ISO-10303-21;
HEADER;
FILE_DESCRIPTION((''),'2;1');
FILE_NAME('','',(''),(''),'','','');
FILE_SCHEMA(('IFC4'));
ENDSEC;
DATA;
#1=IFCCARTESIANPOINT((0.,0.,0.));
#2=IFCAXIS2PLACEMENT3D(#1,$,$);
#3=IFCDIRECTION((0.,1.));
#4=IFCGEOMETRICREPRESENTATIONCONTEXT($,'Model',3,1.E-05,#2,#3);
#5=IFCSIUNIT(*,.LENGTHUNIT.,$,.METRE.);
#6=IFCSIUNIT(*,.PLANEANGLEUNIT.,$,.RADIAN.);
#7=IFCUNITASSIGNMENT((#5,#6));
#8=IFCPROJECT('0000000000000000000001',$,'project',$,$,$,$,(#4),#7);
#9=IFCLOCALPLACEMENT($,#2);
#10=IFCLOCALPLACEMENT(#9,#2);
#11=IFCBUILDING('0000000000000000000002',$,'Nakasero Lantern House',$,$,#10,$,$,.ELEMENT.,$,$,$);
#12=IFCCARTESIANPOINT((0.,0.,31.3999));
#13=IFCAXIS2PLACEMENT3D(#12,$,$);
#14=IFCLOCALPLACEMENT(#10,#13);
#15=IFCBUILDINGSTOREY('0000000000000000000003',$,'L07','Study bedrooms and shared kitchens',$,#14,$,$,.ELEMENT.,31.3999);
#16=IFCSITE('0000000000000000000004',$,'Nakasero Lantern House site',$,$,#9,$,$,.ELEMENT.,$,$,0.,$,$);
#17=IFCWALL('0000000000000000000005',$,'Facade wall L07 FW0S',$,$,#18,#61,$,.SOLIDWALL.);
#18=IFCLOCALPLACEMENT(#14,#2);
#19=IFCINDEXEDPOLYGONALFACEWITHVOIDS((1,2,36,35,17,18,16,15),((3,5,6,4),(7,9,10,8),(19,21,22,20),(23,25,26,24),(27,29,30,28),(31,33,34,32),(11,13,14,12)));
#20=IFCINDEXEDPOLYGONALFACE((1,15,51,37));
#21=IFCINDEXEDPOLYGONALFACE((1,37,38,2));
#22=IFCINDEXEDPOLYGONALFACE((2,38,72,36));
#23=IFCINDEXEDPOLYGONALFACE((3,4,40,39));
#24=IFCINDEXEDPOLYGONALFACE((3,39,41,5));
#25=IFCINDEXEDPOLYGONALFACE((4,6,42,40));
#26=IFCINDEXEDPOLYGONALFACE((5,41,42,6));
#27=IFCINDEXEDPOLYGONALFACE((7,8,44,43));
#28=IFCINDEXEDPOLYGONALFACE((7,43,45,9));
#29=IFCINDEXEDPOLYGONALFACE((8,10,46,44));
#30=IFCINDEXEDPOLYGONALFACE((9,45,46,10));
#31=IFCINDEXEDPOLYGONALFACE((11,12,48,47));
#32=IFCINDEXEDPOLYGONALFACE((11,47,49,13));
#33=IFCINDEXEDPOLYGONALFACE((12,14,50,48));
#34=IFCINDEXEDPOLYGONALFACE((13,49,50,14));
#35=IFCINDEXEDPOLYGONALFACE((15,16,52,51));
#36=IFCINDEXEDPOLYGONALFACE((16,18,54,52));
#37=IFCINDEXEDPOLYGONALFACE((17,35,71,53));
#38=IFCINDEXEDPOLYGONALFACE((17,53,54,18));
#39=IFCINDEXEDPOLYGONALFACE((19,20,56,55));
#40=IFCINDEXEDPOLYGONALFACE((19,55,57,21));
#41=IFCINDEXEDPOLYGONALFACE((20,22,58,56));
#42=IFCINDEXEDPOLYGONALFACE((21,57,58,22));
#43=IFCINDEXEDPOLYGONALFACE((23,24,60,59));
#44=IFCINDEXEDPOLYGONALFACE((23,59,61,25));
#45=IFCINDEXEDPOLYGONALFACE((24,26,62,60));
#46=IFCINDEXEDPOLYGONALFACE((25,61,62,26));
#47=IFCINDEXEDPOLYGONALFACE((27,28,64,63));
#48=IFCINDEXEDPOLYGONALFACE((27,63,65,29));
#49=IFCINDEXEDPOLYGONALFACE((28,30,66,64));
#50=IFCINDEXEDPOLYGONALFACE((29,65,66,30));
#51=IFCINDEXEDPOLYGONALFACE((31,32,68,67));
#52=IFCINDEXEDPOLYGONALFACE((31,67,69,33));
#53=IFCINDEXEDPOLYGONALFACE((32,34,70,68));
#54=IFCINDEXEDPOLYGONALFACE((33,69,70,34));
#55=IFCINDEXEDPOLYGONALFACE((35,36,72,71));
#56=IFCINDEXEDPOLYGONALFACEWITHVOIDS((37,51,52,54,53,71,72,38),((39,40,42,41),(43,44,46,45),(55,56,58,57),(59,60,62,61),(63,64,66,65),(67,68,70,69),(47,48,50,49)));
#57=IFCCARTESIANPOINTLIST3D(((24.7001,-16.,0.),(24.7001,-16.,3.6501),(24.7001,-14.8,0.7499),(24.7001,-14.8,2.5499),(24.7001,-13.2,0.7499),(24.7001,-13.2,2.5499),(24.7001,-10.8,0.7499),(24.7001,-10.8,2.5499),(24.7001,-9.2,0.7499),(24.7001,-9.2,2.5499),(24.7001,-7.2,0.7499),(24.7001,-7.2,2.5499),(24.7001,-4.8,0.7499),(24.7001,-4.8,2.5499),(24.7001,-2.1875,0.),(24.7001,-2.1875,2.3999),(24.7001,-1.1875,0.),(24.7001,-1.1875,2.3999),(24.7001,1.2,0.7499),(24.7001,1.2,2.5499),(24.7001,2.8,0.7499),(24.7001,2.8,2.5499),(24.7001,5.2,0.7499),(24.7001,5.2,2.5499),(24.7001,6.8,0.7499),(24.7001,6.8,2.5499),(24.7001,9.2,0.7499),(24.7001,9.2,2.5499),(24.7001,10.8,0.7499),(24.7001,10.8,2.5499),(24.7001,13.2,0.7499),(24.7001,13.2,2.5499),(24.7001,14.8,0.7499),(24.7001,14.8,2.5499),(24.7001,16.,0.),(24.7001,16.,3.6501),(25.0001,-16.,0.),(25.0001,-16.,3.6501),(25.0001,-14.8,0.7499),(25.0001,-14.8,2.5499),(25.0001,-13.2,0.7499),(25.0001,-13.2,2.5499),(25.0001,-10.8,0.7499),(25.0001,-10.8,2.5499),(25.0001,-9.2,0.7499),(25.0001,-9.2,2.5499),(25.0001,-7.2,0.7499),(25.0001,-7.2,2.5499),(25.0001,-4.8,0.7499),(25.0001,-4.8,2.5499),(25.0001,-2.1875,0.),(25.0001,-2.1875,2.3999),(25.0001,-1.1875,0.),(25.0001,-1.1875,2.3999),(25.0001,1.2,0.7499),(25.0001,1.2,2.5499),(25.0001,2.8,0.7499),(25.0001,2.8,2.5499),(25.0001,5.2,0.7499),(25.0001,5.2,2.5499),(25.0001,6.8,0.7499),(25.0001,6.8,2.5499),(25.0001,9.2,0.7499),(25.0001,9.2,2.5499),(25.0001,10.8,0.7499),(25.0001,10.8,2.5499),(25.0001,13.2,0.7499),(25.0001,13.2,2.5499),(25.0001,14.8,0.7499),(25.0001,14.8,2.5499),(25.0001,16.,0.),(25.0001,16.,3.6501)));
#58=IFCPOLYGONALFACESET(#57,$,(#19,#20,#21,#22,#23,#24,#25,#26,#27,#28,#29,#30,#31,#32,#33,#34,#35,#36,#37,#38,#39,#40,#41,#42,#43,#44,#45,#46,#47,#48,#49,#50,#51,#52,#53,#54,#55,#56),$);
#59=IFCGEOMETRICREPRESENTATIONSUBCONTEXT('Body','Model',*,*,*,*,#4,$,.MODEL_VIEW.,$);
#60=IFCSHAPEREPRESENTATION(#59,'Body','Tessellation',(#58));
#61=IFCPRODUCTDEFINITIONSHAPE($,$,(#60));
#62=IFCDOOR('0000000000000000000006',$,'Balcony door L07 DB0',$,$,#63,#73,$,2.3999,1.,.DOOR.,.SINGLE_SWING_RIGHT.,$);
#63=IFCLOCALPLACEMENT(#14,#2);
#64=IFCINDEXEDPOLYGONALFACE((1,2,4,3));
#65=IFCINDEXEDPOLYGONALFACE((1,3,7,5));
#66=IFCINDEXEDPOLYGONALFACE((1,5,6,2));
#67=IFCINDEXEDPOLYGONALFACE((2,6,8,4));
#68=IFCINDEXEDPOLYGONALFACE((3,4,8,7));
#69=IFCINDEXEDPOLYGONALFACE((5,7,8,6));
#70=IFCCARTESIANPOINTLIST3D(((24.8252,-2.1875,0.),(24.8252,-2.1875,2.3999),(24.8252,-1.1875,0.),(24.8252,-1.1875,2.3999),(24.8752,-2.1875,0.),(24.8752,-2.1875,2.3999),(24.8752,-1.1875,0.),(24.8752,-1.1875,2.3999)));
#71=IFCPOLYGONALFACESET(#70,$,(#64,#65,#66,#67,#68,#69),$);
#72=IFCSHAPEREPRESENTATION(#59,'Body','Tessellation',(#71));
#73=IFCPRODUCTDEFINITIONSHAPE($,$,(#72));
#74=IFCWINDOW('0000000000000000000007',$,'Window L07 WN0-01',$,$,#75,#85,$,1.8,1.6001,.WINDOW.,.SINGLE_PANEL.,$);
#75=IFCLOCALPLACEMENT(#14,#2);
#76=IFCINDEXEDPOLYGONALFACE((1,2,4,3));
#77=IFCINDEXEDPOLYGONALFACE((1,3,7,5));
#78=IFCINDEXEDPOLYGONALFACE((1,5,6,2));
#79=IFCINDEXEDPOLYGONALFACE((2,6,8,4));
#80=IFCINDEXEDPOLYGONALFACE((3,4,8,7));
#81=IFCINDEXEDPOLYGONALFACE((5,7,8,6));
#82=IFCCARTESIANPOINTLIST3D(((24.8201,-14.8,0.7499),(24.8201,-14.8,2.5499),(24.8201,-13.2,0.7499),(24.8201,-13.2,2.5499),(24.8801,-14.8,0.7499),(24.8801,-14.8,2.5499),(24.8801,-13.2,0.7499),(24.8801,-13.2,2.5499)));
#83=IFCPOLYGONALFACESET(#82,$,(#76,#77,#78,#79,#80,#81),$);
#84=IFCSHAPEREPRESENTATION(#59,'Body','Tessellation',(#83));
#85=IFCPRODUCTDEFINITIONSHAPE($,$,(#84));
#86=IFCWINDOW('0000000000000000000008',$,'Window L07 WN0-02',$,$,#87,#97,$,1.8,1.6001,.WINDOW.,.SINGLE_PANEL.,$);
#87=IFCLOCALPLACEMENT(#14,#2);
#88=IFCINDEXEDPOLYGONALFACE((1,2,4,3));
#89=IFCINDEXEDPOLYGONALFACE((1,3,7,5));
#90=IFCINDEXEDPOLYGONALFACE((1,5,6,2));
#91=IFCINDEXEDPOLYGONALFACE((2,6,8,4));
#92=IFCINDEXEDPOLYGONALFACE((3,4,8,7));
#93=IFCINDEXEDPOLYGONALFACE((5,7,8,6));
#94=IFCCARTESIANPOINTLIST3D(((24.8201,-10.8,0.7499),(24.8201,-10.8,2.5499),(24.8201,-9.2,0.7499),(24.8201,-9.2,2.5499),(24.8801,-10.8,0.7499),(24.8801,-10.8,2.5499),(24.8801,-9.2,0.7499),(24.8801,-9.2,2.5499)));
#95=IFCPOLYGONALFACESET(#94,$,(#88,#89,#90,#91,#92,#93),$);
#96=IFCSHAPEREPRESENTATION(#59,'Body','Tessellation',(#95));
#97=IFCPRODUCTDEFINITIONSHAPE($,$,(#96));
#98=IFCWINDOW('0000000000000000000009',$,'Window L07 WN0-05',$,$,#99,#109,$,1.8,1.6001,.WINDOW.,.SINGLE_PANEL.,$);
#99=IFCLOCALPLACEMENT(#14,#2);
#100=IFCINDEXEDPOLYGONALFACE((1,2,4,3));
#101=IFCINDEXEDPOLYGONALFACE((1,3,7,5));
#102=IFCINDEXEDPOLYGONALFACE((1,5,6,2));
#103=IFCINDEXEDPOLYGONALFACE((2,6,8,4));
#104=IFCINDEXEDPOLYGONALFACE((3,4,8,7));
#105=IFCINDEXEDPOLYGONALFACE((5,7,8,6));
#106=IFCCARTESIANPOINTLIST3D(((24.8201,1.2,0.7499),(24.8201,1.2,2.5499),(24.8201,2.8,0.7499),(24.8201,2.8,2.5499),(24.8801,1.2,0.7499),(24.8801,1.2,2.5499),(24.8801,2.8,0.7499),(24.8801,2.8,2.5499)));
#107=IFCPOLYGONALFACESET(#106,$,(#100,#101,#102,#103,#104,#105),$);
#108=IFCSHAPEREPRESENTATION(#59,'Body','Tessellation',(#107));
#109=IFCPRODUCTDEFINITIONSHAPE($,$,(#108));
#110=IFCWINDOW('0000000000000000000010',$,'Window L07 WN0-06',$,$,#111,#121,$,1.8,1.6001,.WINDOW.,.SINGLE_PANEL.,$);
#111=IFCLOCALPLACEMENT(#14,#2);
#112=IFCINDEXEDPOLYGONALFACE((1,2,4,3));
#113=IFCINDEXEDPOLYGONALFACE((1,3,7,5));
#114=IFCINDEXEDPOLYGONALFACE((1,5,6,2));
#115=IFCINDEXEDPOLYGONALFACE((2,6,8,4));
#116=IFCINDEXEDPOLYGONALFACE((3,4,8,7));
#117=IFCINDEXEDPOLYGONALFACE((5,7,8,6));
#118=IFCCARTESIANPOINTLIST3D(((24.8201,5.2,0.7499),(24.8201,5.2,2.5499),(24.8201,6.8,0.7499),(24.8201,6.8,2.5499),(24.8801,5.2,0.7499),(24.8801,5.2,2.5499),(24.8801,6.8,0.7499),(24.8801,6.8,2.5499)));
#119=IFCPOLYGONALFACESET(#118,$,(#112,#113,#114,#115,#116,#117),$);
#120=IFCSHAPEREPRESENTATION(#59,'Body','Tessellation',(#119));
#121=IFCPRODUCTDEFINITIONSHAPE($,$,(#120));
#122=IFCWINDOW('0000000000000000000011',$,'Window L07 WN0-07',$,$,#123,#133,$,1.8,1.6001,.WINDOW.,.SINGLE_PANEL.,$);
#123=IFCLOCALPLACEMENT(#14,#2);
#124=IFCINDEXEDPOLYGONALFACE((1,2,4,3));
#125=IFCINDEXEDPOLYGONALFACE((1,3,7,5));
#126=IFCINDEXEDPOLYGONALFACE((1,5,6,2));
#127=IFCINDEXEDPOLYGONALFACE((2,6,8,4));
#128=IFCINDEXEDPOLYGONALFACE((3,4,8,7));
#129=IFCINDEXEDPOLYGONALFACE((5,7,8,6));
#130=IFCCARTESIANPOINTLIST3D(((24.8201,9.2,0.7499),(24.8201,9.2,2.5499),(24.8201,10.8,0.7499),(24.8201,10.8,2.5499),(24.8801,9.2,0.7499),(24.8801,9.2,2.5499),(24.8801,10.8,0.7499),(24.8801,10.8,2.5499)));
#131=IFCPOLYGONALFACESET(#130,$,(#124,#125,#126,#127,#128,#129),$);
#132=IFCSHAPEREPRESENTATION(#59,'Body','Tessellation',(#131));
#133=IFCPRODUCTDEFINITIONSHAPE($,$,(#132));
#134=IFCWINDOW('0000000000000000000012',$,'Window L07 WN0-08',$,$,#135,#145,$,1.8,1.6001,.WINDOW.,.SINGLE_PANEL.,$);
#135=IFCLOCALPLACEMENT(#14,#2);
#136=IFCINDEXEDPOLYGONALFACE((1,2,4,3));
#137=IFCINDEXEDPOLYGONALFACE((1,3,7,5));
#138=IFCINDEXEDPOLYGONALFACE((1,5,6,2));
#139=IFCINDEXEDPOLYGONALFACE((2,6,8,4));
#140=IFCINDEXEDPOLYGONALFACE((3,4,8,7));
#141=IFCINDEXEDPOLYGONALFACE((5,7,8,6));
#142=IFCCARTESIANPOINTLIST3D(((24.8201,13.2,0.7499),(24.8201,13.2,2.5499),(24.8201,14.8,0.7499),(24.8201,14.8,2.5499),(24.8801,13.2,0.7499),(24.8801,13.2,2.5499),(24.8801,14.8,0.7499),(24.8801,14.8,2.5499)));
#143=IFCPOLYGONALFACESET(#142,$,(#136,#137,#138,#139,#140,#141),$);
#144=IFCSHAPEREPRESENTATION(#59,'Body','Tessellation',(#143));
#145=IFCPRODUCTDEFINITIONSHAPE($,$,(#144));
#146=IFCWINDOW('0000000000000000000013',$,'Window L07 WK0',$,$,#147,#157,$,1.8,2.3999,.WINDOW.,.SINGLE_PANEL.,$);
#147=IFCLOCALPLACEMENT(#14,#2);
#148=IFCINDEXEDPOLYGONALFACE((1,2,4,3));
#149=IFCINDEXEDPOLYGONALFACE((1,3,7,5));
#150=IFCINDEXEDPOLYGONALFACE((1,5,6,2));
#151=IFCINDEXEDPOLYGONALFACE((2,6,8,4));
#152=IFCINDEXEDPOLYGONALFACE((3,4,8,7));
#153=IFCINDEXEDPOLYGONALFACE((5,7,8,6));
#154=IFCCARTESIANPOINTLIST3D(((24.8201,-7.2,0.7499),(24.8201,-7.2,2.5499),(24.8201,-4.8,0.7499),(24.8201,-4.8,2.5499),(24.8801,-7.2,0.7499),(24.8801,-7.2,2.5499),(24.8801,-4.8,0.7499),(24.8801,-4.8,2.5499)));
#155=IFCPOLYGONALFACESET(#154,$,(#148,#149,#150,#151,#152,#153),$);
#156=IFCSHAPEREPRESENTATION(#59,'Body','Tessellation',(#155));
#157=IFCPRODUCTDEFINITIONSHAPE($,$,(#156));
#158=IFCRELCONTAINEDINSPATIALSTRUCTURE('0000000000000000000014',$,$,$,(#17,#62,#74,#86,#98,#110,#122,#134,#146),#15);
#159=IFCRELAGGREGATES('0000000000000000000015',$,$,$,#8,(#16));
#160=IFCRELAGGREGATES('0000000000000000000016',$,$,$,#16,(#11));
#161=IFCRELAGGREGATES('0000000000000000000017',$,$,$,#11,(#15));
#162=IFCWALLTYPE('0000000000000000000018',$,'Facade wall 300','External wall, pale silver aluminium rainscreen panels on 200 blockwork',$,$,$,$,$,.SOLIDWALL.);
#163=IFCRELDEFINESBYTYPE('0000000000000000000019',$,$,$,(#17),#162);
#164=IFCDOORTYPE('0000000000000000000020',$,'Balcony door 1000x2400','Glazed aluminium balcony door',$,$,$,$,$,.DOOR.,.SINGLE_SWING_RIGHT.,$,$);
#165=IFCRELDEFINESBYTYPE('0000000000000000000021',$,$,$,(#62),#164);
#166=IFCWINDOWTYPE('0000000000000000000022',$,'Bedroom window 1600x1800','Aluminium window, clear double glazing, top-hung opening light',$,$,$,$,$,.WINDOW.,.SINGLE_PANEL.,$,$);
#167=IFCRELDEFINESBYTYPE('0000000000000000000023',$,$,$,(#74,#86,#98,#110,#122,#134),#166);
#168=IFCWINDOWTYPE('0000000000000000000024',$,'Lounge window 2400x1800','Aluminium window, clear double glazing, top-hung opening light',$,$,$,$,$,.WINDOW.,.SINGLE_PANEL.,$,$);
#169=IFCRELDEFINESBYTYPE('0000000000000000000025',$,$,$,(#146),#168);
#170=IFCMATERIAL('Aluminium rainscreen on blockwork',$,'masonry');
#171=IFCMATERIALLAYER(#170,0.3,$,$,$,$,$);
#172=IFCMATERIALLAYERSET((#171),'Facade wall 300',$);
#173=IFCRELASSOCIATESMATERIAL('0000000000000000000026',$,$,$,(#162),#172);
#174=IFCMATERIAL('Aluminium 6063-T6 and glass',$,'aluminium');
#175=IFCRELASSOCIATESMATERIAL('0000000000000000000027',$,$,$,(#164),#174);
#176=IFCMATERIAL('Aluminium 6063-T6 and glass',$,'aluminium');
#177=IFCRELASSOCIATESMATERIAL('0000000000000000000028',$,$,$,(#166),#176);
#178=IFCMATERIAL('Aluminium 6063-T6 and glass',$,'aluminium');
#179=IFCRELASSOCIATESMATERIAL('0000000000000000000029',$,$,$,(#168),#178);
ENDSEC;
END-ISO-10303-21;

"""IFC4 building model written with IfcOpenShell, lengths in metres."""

from ifc_helpers import new_model, si_unit, direction, frame, frame_2d, origin, place, context, subcontext, project, spatial, rectangle, extrude, material, layer, layer_set, type_object, element, fill, save


model = new_model("IFC4")

# Units and contexts
model_context = context("Model", 3, precision=1e-05, world=origin(), true_north=direction((0.0, 1.0)))
body_context = subcontext(model_context, "Body", "Model", "MODEL_VIEW")
ifc_project = project(units=[si_unit("LENGTHUNIT", "METRE"), si_unit("PLANEANGLEUNIT", "RADIAN")], contexts=[model_context])

# Site, building, storey
site_placement = place(None, origin())
site = spatial("IfcSite", under=ifc_project, at=site_placement, Name="Nakasero Lantern House site", CompositionType="ELEMENT", RefElevation=0.0)
building_placement = place(site_placement, origin())
building = spatial("IfcBuilding", under=site, at=building_placement, Name="Nakasero Lantern House", CompositionType="ELEMENT")
storey_placement = place(building_placement, frame((0.0, 0.0, 31.3999)))
storey = spatial("IfcBuildingStorey", under=building, at=storey_placement, Name="L07", Description="Study bedrooms and shared kitchens", CompositionType="ELEMENT", Elevation=31.3999)

# Wall, openings, door, windows
ifc_material_1 = material(Name="Aluminium rainscreen on blockwork", Category="masonry")
ifc_layer_1 = layer(ifc_material_1, 0.3)
ifc_layer_set_1 = layer_set([ifc_layer_1], Name="Facade wall 300")
wall_type_1 = type_object("IfcWallType", Name="Facade wall 300", Description="External wall, pale silver aluminium rainscreen panels on 200 blockwork", PredefinedType="SOLIDWALL", material=ifc_layer_set_1)
wall_1_placement = place(storey_placement, frame((24.8501, -16.0, 0.0), z_axis=(0.0, 0.0, 1.0), x_axis=(0.0, 1.0, 0.0)))
wall_1 = element("IfcWall", 1, at=wall_1_placement, inside=storey, type_object=wall_type_1, Name="Facade wall L07 FW0S", PredefinedType="SOLIDWALL", context=body_context, shape_type="SweptSolid", body=[
    extrude(rectangle(XDim=32.0, YDim=0.3, at=frame_2d((16.0, 0.0))), origin(), (0.0, 0.0, 1.0), 3.6501),
])
opening_1_placement = place(wall_1_placement, frame((1.2, 0.0, 0.75)))
opening_1 = element("IfcOpeningElement", 2, at=opening_1_placement, cuts=wall_1, PredefinedType="OPENING", context=body_context, shape_type="SweptSolid", body=[
    extrude(rectangle(XDim=1.6001, YDim=1.8, at=frame_2d((0.8, 0.8999))), frame((0.0, 0.1699, 0.0), z_axis=(0.0, -1.0, 0.0), x_axis=(1.0, 0.0, 0.0)), (0.0, 0.0, 1.0), 0.3401),
])
opening_2_placement = place(wall_1_placement, frame((5.2, 0.0, 0.75)))
opening_2 = element("IfcOpeningElement", 3, at=opening_2_placement, cuts=wall_1, PredefinedType="OPENING", context=body_context, shape_type="SweptSolid", body=[
    extrude(rectangle(XDim=1.6001, YDim=1.8, at=frame_2d((0.8, 0.8999))), frame((0.0, 0.1699, 0.0), z_axis=(0.0, -1.0, 0.0), x_axis=(1.0, 0.0, 0.0)), (0.0, 0.0, 1.0), 0.3401),
])
opening_3_placement = place(wall_1_placement, frame((17.2, 0.0, 0.75)))
opening_3 = element("IfcOpeningElement", 4, at=opening_3_placement, cuts=wall_1, PredefinedType="OPENING", context=body_context, shape_type="SweptSolid", body=[
    extrude(rectangle(XDim=1.6001, YDim=1.8, at=frame_2d((0.8, 0.8999))), frame((0.0, 0.1699, 0.0), z_axis=(0.0, -1.0, 0.0), x_axis=(1.0, 0.0, 0.0)), (0.0, 0.0, 1.0), 0.3401),
])
opening_4_placement = place(wall_1_placement, frame((21.2, 0.0, 0.75)))
opening_4 = element("IfcOpeningElement", 5, at=opening_4_placement, cuts=wall_1, PredefinedType="OPENING", context=body_context, shape_type="SweptSolid", body=[
    extrude(rectangle(XDim=1.6001, YDim=1.8, at=frame_2d((0.8, 0.8999))), frame((0.0, 0.1699, 0.0), z_axis=(0.0, -1.0, 0.0), x_axis=(1.0, 0.0, 0.0)), (0.0, 0.0, 1.0), 0.3401),
])
opening_5_placement = place(wall_1_placement, frame((25.2, 0.0, 0.75)))
opening_5 = element("IfcOpeningElement", 6, at=opening_5_placement, cuts=wall_1, PredefinedType="OPENING", context=body_context, shape_type="SweptSolid", body=[
    extrude(rectangle(XDim=1.6001, YDim=1.8, at=frame_2d((0.8, 0.8999))), frame((0.0, 0.1699, 0.0), z_axis=(0.0, -1.0, 0.0), x_axis=(1.0, 0.0, 0.0)), (0.0, 0.0, 1.0), 0.3401),
])
opening_6_placement = place(wall_1_placement, frame((29.2, 0.0, 0.75)))
opening_6 = element("IfcOpeningElement", 7, at=opening_6_placement, cuts=wall_1, PredefinedType="OPENING", context=body_context, shape_type="SweptSolid", body=[
    extrude(rectangle(XDim=1.6001, YDim=1.8, at=frame_2d((0.8, 0.8999))), frame((0.0, 0.1699, 0.0), z_axis=(0.0, -1.0, 0.0), x_axis=(1.0, 0.0, 0.0)), (0.0, 0.0, 1.0), 0.3401),
])
opening_7_placement = place(wall_1_placement, frame((8.8, 0.0, 0.75)))
opening_7 = element("IfcOpeningElement", 8, at=opening_7_placement, cuts=wall_1, PredefinedType="OPENING", context=body_context, shape_type="SweptSolid", body=[
    extrude(rectangle(XDim=2.3999, YDim=1.8, at=frame_2d((1.2, 0.8999))), frame((0.0, 0.1699, 0.0), z_axis=(0.0, -1.0, 0.0), x_axis=(1.0, 0.0, 0.0)), (0.0, 0.0, 1.0), 0.3401),
])
opening_8_placement = place(wall_1_placement, frame((13.8125, 0.0, 0.0)))
opening_8 = element("IfcOpeningElement", 9, at=opening_8_placement, cuts=wall_1, PredefinedType="OPENING", context=body_context, shape_type="SweptSolid", body=[
    extrude(rectangle(XDim=1.0, YDim=2.3999, at=frame_2d((0.5, 1.2))), frame((0.0, 0.1699, 0.0), z_axis=(0.0, -1.0, 0.0), x_axis=(1.0, 0.0, 0.0)), (0.0, 0.0, 1.0), 0.3401),
])
ifc_material_2 = material(Name="Aluminium 6063-T6 and glass", Category="aluminium")
door_type = type_object("IfcDoorType", Name="Balcony door 1000x2400", Description="Glazed aluminium balcony door", OperationType="SINGLE_SWING_RIGHT", PredefinedType="DOOR", material=ifc_material_2)
door_placement = place(opening_8_placement, origin())
door = element("IfcDoor", 10, at=door_placement, inside=storey, type_object=door_type, Name="Balcony door L07 DB0", OperationType="SINGLE_SWING_RIGHT", OverallHeight=2.3999, OverallWidth=1.0, PredefinedType="DOOR", context=body_context, shape_type="SweptSolid", body=[
    extrude(rectangle(XDim=1.0, YDim=2.3999, at=frame_2d((0.5, 1.2))), frame((0.0, 0.0249, 0.0), z_axis=(0.0, -1.0, 0.0), x_axis=(1.0, 0.0, 0.0)), (0.0, 0.0, 1.0), 0.05),
])
fill(opening_8, door)
ifc_material_3 = material(Name="Aluminium 6063-T6 and glass", Category="aluminium")
window_type_1 = type_object("IfcWindowType", Name="Bedroom window 1600x1800", Description="Aluminium window, clear double glazing, top-hung opening light", PartitioningType="SINGLE_PANEL", PredefinedType="WINDOW", material=ifc_material_3)
window_1_placement = place(opening_1_placement, origin())
window_1 = element("IfcWindow", 11, at=window_1_placement, inside=storey, type_object=window_type_1, Name="Window L07 WN0-01", OverallHeight=1.8, OverallWidth=1.6001, PartitioningType="SINGLE_PANEL", PredefinedType="WINDOW", context=body_context, shape_type="SweptSolid", body=[
    extrude(rectangle(XDim=1.6001, YDim=1.8, at=frame_2d((0.8, 0.8999))), frame((0.0, 0.03, 0.0), z_axis=(0.0, -1.0, 0.0), x_axis=(1.0, 0.0, 0.0)), (0.0, 0.0, 1.0), 0.0601),
])
fill(opening_1, window_1)
window_2_placement = place(opening_2_placement, origin())
window_2 = element("IfcWindow", 12, at=window_2_placement, inside=storey, type_object=window_type_1, Name="Window L07 WN0-02", OverallHeight=1.8, OverallWidth=1.6001, PartitioningType="SINGLE_PANEL", PredefinedType="WINDOW", context=body_context, shape_type="SweptSolid", body=[
    extrude(rectangle(XDim=1.6001, YDim=1.8, at=frame_2d((0.8, 0.8999))), frame((0.0, 0.03, 0.0), z_axis=(0.0, -1.0, 0.0), x_axis=(1.0, 0.0, 0.0)), (0.0, 0.0, 1.0), 0.0601),
])
fill(opening_2, window_2)
window_3_placement = place(opening_3_placement, origin())
window_3 = element("IfcWindow", 13, at=window_3_placement, inside=storey, type_object=window_type_1, Name="Window L07 WN0-05", OverallHeight=1.8, OverallWidth=1.6001, PartitioningType="SINGLE_PANEL", PredefinedType="WINDOW", context=body_context, shape_type="SweptSolid", body=[
    extrude(rectangle(XDim=1.6001, YDim=1.8, at=frame_2d((0.8, 0.8999))), frame((0.0, 0.03, 0.0), z_axis=(0.0, -1.0, 0.0), x_axis=(1.0, 0.0, 0.0)), (0.0, 0.0, 1.0), 0.0601),
])
fill(opening_3, window_3)
window_4_placement = place(opening_4_placement, origin())
window_4 = element("IfcWindow", 14, at=window_4_placement, inside=storey, type_object=window_type_1, Name="Window L07 WN0-06", OverallHeight=1.8, OverallWidth=1.6001, PartitioningType="SINGLE_PANEL", PredefinedType="WINDOW", context=body_context, shape_type="SweptSolid", body=[
    extrude(rectangle(XDim=1.6001, YDim=1.8, at=frame_2d((0.8, 0.8999))), frame((0.0, 0.03, 0.0), z_axis=(0.0, -1.0, 0.0), x_axis=(1.0, 0.0, 0.0)), (0.0, 0.0, 1.0), 0.0601),
])
fill(opening_4, window_4)
window_5_placement = place(opening_5_placement, origin())
window_5 = element("IfcWindow", 15, at=window_5_placement, inside=storey, type_object=window_type_1, Name="Window L07 WN0-07", OverallHeight=1.8, OverallWidth=1.6001, PartitioningType="SINGLE_PANEL", PredefinedType="WINDOW", context=body_context, shape_type="SweptSolid", body=[
    extrude(rectangle(XDim=1.6001, YDim=1.8, at=frame_2d((0.8, 0.8999))), frame((0.0, 0.03, 0.0), z_axis=(0.0, -1.0, 0.0), x_axis=(1.0, 0.0, 0.0)), (0.0, 0.0, 1.0), 0.0601),
])
fill(opening_5, window_5)
window_6_placement = place(opening_6_placement, origin())
window_6 = element("IfcWindow", 16, at=window_6_placement, inside=storey, type_object=window_type_1, Name="Window L07 WN0-08", OverallHeight=1.8, OverallWidth=1.6001, PartitioningType="SINGLE_PANEL", PredefinedType="WINDOW", context=body_context, shape_type="SweptSolid", body=[
    extrude(rectangle(XDim=1.6001, YDim=1.8, at=frame_2d((0.8, 0.8999))), frame((0.0, 0.03, 0.0), z_axis=(0.0, -1.0, 0.0), x_axis=(1.0, 0.0, 0.0)), (0.0, 0.0, 1.0), 0.0601),
])
fill(opening_6, window_6)
ifc_material_4 = material(Name="Aluminium 6063-T6 and glass", Category="aluminium")
window_type_2 = type_object("IfcWindowType", Name="Lounge window 2400x1800", Description="Aluminium window, clear double glazing, top-hung opening light", PartitioningType="SINGLE_PANEL", PredefinedType="WINDOW", material=ifc_material_4)
window_7_placement = place(opening_7_placement, origin())
window_7 = element("IfcWindow", 17, at=window_7_placement, inside=storey, type_object=window_type_2, Name="Window L07 WK0", OverallHeight=1.8, OverallWidth=2.3999, PartitioningType="SINGLE_PANEL", PredefinedType="WINDOW", context=body_context, shape_type="SweptSolid", body=[
    extrude(rectangle(XDim=2.3999, YDim=1.8, at=frame_2d((1.2, 0.8999))), frame((0.0, 0.03, 0.0), z_axis=(0.0, -1.0, 0.0), x_axis=(1.0, 0.0, 0.0)), (0.0, 0.0, 1.0), 0.0601),
])
fill(opening_7, window_7)

save(model, "model.ifc")
